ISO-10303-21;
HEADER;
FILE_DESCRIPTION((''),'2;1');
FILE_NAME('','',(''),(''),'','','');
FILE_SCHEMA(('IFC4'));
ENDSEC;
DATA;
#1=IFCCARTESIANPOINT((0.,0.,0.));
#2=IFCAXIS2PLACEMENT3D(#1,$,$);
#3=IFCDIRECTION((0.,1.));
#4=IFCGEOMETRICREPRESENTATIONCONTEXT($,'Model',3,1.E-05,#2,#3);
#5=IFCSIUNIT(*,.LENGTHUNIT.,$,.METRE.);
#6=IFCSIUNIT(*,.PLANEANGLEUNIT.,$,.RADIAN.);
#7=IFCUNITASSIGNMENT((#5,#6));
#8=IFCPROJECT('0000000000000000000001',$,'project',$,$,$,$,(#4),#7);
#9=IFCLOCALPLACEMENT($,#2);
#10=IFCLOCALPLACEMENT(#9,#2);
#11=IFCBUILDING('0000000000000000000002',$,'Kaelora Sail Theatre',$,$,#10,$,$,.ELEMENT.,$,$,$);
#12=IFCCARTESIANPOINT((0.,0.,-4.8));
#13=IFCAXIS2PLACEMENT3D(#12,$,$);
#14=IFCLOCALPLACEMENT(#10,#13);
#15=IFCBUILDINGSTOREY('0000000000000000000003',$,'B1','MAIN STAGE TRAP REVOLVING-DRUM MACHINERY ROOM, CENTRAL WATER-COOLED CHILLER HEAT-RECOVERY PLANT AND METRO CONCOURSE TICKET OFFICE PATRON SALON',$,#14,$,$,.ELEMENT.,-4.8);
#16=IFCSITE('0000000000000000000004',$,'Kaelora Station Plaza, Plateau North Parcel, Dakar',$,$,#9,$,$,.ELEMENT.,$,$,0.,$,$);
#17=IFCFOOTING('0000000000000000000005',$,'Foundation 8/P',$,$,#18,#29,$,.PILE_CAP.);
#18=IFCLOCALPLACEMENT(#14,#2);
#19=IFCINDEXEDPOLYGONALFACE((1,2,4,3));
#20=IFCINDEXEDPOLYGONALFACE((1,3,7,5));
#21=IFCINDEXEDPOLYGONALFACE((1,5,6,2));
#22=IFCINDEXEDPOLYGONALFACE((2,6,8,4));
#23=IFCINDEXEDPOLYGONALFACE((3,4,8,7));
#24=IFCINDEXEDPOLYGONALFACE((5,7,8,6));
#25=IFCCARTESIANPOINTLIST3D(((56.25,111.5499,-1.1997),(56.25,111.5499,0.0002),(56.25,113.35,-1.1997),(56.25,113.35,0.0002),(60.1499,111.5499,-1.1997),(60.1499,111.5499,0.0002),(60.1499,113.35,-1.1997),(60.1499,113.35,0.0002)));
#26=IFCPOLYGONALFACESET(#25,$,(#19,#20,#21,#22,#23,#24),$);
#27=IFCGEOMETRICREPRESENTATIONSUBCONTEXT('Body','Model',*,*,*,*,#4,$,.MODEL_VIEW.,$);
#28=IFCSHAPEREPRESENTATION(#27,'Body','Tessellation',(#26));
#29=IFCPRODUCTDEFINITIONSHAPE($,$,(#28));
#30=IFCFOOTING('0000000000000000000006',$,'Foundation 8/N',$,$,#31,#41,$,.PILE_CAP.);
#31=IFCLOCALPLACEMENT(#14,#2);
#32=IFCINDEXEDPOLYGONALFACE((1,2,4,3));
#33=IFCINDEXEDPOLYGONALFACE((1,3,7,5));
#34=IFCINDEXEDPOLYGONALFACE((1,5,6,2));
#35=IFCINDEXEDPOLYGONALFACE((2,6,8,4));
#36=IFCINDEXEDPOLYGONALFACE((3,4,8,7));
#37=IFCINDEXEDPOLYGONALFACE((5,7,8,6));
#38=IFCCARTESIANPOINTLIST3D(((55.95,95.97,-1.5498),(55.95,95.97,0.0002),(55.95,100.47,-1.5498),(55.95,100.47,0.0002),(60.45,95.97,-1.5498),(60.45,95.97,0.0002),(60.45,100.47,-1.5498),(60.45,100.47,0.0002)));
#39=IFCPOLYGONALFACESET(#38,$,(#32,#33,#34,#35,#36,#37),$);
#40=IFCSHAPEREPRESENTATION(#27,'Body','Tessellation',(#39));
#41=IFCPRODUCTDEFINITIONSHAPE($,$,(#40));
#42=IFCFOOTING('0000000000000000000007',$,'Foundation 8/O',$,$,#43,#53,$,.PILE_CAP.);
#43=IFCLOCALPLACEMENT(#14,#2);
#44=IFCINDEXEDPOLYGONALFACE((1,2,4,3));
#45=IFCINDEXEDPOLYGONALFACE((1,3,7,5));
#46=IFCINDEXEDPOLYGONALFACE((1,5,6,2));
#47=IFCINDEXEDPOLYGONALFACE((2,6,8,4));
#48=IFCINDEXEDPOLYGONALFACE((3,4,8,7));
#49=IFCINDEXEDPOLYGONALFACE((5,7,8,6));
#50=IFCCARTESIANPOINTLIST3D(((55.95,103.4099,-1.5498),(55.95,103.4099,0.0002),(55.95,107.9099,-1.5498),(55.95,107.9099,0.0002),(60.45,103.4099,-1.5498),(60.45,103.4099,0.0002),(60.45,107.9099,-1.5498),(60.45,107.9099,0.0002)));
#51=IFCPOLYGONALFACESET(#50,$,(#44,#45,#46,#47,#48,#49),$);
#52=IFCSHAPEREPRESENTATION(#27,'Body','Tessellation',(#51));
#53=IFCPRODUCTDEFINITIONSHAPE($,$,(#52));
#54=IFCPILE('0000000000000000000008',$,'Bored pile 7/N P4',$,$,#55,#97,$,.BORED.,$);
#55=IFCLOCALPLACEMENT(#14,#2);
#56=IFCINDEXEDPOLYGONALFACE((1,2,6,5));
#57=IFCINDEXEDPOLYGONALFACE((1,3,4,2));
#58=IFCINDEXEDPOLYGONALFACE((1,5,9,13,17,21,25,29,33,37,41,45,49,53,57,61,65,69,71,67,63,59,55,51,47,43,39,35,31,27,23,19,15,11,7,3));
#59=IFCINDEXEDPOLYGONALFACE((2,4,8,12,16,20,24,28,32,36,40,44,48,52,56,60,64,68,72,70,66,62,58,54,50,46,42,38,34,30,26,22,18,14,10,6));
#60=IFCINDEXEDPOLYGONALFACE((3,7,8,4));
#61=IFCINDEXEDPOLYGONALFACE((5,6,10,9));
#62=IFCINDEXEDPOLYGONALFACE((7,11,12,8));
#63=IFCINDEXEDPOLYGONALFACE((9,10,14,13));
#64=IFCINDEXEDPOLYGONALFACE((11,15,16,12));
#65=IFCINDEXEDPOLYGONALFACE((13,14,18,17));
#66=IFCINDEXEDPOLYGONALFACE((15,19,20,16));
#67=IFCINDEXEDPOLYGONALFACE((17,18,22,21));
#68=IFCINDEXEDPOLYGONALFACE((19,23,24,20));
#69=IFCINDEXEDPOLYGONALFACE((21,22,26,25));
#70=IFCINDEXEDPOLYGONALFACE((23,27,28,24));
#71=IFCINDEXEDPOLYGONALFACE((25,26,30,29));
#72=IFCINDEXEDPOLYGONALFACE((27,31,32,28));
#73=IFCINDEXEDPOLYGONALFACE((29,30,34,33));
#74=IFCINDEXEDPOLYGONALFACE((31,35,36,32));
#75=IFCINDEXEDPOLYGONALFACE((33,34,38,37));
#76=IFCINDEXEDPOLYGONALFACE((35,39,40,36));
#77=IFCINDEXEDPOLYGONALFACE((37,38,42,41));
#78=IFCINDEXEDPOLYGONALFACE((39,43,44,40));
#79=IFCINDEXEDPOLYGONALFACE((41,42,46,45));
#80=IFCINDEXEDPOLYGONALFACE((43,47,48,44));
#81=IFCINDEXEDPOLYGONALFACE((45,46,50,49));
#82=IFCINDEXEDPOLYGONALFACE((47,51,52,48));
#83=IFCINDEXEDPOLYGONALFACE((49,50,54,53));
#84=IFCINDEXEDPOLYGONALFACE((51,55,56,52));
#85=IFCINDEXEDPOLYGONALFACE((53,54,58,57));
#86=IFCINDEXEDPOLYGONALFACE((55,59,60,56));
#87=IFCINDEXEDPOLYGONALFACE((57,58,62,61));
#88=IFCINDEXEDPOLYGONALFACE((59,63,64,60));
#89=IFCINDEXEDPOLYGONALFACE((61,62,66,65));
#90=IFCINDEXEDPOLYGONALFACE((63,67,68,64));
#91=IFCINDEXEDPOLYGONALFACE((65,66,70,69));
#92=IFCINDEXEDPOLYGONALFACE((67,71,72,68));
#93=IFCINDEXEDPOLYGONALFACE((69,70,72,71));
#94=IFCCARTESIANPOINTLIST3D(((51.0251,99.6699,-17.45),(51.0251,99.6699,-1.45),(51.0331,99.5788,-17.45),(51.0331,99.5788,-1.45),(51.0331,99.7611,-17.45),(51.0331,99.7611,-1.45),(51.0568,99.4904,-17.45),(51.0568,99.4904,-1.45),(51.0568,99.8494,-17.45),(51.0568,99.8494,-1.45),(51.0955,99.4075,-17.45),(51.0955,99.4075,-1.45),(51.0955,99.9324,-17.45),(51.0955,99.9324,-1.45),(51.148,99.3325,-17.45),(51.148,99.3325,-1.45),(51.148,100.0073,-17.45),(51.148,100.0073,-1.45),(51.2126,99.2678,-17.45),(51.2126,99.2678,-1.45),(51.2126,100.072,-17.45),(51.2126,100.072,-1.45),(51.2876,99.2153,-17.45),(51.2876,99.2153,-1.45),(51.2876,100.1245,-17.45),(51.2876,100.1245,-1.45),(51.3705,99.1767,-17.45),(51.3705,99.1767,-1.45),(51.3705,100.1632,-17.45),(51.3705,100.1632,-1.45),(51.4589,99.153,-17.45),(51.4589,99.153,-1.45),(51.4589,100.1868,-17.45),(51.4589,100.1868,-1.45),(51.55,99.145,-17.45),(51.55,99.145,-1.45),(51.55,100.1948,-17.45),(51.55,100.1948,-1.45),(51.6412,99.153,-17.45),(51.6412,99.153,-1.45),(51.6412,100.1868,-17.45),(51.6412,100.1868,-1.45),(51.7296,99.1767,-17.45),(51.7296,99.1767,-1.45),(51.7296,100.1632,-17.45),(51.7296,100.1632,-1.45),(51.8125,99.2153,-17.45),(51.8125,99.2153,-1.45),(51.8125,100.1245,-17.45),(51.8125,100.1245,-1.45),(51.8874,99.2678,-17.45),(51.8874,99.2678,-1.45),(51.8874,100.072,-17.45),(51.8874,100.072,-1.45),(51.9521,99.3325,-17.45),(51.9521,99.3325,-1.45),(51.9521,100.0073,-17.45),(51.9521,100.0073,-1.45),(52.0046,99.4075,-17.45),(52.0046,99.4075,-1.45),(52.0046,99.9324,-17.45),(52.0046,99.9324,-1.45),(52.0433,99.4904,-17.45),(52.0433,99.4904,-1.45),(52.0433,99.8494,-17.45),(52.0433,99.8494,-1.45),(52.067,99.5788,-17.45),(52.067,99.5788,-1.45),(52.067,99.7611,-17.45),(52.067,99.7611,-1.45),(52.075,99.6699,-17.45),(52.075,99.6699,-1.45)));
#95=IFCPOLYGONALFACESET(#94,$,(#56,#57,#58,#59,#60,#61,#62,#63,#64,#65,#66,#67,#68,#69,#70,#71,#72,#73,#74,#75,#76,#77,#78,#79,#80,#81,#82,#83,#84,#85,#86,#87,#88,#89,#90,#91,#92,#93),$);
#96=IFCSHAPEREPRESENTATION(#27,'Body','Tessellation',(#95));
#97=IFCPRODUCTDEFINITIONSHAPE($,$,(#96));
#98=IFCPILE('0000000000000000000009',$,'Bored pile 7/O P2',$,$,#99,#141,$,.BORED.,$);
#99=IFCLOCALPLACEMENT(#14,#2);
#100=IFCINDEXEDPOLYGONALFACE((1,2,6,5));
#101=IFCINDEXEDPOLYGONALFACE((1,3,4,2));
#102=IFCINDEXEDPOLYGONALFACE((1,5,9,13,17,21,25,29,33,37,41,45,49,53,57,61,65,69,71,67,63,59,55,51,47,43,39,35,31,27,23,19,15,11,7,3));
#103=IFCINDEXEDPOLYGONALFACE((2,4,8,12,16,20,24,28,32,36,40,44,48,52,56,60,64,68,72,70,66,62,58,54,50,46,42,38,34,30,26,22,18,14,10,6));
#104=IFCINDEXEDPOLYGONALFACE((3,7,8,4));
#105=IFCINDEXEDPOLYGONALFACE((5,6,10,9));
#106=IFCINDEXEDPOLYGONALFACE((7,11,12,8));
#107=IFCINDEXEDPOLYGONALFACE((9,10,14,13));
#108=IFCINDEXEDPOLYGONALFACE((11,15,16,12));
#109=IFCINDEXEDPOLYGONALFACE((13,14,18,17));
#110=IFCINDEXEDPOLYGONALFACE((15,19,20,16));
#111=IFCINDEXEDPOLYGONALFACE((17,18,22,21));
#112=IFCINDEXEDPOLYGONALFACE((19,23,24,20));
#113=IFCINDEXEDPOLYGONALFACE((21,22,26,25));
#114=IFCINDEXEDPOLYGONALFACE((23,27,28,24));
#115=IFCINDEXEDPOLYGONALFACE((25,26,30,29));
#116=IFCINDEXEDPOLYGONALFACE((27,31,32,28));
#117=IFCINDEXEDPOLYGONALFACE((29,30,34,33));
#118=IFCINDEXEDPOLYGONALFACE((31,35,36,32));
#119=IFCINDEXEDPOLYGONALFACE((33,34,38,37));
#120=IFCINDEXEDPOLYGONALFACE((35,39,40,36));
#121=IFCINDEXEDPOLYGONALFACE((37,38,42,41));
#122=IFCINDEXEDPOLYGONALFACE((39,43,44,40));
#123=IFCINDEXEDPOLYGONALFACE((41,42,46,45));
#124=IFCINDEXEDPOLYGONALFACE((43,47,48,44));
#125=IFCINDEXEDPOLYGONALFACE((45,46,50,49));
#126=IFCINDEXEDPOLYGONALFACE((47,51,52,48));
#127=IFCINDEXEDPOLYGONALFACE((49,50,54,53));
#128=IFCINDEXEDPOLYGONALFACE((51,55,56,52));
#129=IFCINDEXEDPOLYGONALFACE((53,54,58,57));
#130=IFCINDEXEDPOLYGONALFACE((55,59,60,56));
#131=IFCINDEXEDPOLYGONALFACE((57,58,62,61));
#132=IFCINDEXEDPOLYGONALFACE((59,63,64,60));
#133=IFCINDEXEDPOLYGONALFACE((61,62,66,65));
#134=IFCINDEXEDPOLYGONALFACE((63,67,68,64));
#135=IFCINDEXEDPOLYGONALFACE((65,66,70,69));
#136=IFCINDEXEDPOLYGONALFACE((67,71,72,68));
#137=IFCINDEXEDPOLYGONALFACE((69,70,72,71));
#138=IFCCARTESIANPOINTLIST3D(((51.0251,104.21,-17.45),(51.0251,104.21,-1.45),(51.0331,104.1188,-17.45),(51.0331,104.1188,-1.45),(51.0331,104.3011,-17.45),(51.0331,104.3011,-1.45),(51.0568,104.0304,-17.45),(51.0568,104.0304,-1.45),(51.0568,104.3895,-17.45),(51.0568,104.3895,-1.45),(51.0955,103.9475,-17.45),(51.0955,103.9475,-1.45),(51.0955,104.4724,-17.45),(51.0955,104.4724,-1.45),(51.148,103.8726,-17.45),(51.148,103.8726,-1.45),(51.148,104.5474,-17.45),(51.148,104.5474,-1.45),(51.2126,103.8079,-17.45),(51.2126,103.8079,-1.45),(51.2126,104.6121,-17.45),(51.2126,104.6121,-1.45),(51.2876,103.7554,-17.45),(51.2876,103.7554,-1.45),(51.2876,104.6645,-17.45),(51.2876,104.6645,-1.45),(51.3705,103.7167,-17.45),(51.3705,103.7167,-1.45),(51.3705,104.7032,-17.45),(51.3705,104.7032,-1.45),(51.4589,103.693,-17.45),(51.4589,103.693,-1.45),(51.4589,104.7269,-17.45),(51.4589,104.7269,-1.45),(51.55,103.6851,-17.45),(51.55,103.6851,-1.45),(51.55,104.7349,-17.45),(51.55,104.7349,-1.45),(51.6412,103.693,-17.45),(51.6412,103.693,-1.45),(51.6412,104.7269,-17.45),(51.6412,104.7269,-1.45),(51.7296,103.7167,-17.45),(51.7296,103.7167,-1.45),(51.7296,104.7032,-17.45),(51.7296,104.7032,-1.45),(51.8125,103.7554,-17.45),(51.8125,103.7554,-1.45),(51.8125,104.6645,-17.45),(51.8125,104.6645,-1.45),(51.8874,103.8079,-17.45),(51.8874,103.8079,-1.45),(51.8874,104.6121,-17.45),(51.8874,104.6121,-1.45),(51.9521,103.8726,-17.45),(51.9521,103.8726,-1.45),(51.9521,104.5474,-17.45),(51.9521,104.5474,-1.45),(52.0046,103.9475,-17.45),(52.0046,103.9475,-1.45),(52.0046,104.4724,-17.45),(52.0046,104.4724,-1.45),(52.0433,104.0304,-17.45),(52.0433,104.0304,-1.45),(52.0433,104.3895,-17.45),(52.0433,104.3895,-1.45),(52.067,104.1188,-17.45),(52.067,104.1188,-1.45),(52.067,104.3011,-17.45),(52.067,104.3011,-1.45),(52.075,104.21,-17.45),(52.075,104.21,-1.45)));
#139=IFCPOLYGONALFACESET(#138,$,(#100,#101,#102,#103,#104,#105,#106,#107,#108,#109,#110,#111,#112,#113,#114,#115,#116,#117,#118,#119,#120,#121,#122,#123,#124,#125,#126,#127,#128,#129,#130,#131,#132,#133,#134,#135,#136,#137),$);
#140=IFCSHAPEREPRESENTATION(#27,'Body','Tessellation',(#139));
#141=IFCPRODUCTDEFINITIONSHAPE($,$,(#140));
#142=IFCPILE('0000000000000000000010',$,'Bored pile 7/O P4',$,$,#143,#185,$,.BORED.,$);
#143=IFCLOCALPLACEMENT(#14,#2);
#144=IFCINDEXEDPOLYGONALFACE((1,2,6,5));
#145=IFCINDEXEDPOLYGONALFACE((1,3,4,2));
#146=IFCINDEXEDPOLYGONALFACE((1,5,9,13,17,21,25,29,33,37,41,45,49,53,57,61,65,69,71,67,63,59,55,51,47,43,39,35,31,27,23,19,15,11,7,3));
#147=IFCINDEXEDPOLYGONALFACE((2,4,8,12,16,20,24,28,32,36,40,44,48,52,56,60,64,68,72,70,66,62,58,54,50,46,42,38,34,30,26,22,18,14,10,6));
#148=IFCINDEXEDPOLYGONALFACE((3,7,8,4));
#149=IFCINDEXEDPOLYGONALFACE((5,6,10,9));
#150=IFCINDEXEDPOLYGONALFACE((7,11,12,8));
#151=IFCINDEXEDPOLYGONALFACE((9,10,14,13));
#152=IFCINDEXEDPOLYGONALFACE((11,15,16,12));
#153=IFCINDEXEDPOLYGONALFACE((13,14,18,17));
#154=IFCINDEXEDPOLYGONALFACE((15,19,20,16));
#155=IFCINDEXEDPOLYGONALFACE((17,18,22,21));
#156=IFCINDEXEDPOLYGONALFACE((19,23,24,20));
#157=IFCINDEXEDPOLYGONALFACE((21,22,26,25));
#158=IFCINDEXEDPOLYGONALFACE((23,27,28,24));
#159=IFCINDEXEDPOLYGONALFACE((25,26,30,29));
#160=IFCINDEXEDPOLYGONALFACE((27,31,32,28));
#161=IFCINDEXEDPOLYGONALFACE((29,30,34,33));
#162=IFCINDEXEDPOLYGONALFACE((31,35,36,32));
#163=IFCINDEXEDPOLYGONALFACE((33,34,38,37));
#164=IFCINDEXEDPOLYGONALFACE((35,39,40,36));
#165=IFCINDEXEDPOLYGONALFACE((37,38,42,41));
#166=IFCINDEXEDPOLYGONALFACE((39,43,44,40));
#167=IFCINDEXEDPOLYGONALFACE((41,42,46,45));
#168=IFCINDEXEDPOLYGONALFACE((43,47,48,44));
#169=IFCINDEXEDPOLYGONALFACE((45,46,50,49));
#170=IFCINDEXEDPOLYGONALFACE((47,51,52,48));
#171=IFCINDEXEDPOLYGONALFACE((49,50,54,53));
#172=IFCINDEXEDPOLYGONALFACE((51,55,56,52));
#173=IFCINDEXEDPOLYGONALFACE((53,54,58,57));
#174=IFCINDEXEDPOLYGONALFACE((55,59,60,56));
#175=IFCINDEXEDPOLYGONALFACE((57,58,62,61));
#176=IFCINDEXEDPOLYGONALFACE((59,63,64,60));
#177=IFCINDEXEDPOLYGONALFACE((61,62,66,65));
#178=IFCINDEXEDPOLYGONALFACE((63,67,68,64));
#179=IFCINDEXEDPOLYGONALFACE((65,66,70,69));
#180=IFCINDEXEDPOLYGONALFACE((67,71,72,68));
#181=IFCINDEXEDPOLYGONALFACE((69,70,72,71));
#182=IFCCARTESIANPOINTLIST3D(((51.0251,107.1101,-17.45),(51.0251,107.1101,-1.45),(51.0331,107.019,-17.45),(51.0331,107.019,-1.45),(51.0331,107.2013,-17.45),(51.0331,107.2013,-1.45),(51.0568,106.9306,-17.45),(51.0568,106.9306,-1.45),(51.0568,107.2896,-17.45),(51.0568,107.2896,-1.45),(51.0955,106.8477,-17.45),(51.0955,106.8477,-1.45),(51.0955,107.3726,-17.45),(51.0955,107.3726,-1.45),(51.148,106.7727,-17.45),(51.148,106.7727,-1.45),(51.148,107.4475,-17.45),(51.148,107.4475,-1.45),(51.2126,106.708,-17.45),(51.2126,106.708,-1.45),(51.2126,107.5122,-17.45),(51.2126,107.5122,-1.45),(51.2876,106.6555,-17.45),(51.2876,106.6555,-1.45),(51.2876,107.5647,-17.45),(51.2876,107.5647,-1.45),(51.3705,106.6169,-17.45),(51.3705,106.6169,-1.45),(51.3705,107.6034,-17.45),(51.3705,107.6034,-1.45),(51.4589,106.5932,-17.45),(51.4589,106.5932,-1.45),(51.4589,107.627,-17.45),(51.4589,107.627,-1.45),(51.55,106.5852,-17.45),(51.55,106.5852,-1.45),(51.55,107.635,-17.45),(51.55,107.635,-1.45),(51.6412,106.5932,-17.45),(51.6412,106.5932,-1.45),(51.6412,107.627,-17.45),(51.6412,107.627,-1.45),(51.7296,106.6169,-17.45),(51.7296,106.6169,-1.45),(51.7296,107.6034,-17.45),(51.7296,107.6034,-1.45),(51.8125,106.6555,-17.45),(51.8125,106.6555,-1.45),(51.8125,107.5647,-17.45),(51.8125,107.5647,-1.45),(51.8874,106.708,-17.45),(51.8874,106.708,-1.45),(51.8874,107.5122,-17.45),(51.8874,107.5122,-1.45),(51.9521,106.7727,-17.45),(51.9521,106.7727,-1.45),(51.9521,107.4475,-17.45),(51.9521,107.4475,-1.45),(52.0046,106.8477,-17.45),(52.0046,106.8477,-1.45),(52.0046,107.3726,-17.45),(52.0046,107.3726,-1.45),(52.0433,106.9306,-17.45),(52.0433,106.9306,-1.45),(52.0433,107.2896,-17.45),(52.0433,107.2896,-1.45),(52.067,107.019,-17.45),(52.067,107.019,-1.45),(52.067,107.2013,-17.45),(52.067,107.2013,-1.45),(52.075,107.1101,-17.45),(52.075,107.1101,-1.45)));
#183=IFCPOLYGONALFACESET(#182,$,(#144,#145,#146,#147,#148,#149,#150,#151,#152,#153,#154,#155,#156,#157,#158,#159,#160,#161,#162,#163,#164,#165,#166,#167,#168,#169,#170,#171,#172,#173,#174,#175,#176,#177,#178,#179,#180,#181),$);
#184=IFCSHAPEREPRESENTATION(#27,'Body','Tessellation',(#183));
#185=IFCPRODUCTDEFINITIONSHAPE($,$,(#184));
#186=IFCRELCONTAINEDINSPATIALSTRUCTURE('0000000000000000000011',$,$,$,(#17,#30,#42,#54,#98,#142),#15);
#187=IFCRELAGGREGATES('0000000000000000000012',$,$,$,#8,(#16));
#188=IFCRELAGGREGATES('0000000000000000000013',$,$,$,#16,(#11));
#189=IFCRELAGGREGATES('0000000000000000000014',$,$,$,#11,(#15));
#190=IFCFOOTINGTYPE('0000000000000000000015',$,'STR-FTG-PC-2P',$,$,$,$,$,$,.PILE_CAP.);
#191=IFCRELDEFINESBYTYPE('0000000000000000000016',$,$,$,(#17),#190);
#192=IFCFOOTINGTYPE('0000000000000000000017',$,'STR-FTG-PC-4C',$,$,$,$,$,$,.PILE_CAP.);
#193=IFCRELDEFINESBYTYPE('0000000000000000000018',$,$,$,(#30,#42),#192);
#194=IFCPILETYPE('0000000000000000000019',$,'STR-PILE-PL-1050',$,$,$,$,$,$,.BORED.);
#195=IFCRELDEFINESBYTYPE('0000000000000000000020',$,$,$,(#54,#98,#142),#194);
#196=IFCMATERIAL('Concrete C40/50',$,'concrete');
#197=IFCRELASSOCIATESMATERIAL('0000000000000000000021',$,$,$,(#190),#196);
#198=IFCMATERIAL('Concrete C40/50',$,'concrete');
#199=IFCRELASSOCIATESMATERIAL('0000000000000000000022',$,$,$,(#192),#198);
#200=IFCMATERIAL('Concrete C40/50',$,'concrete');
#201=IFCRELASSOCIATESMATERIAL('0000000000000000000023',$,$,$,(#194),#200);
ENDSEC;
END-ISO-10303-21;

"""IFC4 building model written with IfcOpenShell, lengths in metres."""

from ifc_helpers import new_model, si_unit, direction, frame, origin, origin_2d, place, context, subcontext, project, spatial, rectangle, circle, extrude, material, material_profile, profile_set, type_object, element, save


model = new_model("IFC4")

# Units and contexts
model_context = context("Model", 3, precision=1e-05, world=origin(), true_north=direction((0.0, 1.0)))
body_context = subcontext(model_context, "Body", "Model", "MODEL_VIEW")
ifc_project = project(units=[si_unit("LENGTHUNIT", "METRE"), si_unit("PLANEANGLEUNIT", "RADIAN")], contexts=[model_context])

# Site, building, storey
site_placement = place(None, origin())
site = spatial("IfcSite", under=ifc_project, at=site_placement, Name="Kaelora Station Plaza, Plateau North Parcel, Dakar", CompositionType="ELEMENT", RefElevation=0.0)
building_placement = place(site_placement, origin())
building = spatial("IfcBuilding", under=site, at=building_placement, Name="Kaelora Sail Theatre", CompositionType="ELEMENT")
storey_placement = place(building_placement, frame((0.0, 0.0, -4.8)))
storey = spatial("IfcBuildingStorey", under=building, at=storey_placement, Name="B1", Description="MAIN STAGE TRAP REVOLVING-DRUM MACHINERY ROOM, CENTRAL WATER-COOLED CHILLER HEAT-RECOVERY PLANT AND METRO CONCOURSE TICKET OFFICE PATRON SALON", CompositionType="ELEMENT", Elevation=-4.8)

# Footings
ifc_material_1 = material(Name="Concrete C40/50", Category="concrete")
footing_type_1 = type_object("IfcFootingType", Name="STR-FTG-PC-2P", PredefinedType="PILE_CAP", material=ifc_material_1)
footing_placement = place(storey_placement, frame((58.2, 112.45, -1.1997), z_axis=(0.0, 0.0, 1.0), x_axis=(1.0, 0.0, 0.0)))
element("IfcFooting", 1, at=footing_placement, inside=storey, type_object=footing_type_1, Name="Foundation 8/P", PredefinedType="PILE_CAP", context=body_context, shape_type="SweptSolid", body=[
    extrude(rectangle(XDim=3.8999, YDim=1.8, at=origin_2d()), origin(), (0.0, 0.0, 1.0), 1.2),
])
ifc_material_2 = material(Name="Concrete C40/50", Category="concrete")
footing_type_2 = type_object("IfcFootingType", Name="STR-FTG-PC-4C", PredefinedType="PILE_CAP", material=ifc_material_2)
for number, where, z_axis, x_axis, name in (
    (2, (58.2, 98.22, -1.5498), (0.0, 0.0, 1.0), (1.0, 0.0, 0.0), "Foundation 8/N"),
    (3, (58.2, 105.6599, -1.5498), (0.0, 0.0, 1.0), (1.0, 0.0, 0.0), "Foundation 8/O"),
):
    element("IfcFooting", number, at=place(storey_placement, frame(where, z_axis=z_axis, x_axis=x_axis)), inside=storey, type_object=footing_type_2, Name=name, PredefinedType="PILE_CAP", context=body_context, shape_type="SweptSolid", body=[
        extrude(rectangle(XDim=4.5, YDim=4.5, at=origin_2d()), origin(), (0.0, 0.0, 1.0), 1.55),
    ])

# Piles
ifc_material_3 = material(Name="Concrete C40/50", Category="concrete")
ifc_material_profile_1 = material_profile(ifc_material_3, circle(Radius=0.5249, at=origin_2d()), Name="PILE D1050")
ifc_profile_set_1 = profile_set([ifc_material_profile_1], Name="Concrete C40/50")
pile_type_1 = type_object("IfcPileType", Name="STR-PILE-PL-1050", PredefinedType="BORED", material=ifc_profile_set_1)
for number, where, z_axis, x_axis, name in (
    (4, (51.55, 99.6699, -1.45), (0.0, 0.0, -1.0), (1.0, 0.0, 0.0), "Bored pile 7/N P4"),
    (5, (51.55, 104.21, -1.45), (0.0, 0.0, -1.0), (1.0, 0.0, 0.0), "Bored pile 7/O P2"),
    (6, (51.55, 107.1101, -1.45), (0.0, 0.0, -1.0), (1.0, 0.0, 0.0), "Bored pile 7/O P4"),
):
    element("IfcPile", number, at=place(storey_placement, frame(where, z_axis=z_axis, x_axis=x_axis)), inside=storey, type_object=pile_type_1, Name=name, PredefinedType="BORED", context=body_context, shape_type="SweptSolid", body=[
        extrude(circle(Radius=0.5249, at=origin_2d()), origin(), (0.0, 0.0, 1.0), 16.0),
    ])

save(model, "model.ifc")
